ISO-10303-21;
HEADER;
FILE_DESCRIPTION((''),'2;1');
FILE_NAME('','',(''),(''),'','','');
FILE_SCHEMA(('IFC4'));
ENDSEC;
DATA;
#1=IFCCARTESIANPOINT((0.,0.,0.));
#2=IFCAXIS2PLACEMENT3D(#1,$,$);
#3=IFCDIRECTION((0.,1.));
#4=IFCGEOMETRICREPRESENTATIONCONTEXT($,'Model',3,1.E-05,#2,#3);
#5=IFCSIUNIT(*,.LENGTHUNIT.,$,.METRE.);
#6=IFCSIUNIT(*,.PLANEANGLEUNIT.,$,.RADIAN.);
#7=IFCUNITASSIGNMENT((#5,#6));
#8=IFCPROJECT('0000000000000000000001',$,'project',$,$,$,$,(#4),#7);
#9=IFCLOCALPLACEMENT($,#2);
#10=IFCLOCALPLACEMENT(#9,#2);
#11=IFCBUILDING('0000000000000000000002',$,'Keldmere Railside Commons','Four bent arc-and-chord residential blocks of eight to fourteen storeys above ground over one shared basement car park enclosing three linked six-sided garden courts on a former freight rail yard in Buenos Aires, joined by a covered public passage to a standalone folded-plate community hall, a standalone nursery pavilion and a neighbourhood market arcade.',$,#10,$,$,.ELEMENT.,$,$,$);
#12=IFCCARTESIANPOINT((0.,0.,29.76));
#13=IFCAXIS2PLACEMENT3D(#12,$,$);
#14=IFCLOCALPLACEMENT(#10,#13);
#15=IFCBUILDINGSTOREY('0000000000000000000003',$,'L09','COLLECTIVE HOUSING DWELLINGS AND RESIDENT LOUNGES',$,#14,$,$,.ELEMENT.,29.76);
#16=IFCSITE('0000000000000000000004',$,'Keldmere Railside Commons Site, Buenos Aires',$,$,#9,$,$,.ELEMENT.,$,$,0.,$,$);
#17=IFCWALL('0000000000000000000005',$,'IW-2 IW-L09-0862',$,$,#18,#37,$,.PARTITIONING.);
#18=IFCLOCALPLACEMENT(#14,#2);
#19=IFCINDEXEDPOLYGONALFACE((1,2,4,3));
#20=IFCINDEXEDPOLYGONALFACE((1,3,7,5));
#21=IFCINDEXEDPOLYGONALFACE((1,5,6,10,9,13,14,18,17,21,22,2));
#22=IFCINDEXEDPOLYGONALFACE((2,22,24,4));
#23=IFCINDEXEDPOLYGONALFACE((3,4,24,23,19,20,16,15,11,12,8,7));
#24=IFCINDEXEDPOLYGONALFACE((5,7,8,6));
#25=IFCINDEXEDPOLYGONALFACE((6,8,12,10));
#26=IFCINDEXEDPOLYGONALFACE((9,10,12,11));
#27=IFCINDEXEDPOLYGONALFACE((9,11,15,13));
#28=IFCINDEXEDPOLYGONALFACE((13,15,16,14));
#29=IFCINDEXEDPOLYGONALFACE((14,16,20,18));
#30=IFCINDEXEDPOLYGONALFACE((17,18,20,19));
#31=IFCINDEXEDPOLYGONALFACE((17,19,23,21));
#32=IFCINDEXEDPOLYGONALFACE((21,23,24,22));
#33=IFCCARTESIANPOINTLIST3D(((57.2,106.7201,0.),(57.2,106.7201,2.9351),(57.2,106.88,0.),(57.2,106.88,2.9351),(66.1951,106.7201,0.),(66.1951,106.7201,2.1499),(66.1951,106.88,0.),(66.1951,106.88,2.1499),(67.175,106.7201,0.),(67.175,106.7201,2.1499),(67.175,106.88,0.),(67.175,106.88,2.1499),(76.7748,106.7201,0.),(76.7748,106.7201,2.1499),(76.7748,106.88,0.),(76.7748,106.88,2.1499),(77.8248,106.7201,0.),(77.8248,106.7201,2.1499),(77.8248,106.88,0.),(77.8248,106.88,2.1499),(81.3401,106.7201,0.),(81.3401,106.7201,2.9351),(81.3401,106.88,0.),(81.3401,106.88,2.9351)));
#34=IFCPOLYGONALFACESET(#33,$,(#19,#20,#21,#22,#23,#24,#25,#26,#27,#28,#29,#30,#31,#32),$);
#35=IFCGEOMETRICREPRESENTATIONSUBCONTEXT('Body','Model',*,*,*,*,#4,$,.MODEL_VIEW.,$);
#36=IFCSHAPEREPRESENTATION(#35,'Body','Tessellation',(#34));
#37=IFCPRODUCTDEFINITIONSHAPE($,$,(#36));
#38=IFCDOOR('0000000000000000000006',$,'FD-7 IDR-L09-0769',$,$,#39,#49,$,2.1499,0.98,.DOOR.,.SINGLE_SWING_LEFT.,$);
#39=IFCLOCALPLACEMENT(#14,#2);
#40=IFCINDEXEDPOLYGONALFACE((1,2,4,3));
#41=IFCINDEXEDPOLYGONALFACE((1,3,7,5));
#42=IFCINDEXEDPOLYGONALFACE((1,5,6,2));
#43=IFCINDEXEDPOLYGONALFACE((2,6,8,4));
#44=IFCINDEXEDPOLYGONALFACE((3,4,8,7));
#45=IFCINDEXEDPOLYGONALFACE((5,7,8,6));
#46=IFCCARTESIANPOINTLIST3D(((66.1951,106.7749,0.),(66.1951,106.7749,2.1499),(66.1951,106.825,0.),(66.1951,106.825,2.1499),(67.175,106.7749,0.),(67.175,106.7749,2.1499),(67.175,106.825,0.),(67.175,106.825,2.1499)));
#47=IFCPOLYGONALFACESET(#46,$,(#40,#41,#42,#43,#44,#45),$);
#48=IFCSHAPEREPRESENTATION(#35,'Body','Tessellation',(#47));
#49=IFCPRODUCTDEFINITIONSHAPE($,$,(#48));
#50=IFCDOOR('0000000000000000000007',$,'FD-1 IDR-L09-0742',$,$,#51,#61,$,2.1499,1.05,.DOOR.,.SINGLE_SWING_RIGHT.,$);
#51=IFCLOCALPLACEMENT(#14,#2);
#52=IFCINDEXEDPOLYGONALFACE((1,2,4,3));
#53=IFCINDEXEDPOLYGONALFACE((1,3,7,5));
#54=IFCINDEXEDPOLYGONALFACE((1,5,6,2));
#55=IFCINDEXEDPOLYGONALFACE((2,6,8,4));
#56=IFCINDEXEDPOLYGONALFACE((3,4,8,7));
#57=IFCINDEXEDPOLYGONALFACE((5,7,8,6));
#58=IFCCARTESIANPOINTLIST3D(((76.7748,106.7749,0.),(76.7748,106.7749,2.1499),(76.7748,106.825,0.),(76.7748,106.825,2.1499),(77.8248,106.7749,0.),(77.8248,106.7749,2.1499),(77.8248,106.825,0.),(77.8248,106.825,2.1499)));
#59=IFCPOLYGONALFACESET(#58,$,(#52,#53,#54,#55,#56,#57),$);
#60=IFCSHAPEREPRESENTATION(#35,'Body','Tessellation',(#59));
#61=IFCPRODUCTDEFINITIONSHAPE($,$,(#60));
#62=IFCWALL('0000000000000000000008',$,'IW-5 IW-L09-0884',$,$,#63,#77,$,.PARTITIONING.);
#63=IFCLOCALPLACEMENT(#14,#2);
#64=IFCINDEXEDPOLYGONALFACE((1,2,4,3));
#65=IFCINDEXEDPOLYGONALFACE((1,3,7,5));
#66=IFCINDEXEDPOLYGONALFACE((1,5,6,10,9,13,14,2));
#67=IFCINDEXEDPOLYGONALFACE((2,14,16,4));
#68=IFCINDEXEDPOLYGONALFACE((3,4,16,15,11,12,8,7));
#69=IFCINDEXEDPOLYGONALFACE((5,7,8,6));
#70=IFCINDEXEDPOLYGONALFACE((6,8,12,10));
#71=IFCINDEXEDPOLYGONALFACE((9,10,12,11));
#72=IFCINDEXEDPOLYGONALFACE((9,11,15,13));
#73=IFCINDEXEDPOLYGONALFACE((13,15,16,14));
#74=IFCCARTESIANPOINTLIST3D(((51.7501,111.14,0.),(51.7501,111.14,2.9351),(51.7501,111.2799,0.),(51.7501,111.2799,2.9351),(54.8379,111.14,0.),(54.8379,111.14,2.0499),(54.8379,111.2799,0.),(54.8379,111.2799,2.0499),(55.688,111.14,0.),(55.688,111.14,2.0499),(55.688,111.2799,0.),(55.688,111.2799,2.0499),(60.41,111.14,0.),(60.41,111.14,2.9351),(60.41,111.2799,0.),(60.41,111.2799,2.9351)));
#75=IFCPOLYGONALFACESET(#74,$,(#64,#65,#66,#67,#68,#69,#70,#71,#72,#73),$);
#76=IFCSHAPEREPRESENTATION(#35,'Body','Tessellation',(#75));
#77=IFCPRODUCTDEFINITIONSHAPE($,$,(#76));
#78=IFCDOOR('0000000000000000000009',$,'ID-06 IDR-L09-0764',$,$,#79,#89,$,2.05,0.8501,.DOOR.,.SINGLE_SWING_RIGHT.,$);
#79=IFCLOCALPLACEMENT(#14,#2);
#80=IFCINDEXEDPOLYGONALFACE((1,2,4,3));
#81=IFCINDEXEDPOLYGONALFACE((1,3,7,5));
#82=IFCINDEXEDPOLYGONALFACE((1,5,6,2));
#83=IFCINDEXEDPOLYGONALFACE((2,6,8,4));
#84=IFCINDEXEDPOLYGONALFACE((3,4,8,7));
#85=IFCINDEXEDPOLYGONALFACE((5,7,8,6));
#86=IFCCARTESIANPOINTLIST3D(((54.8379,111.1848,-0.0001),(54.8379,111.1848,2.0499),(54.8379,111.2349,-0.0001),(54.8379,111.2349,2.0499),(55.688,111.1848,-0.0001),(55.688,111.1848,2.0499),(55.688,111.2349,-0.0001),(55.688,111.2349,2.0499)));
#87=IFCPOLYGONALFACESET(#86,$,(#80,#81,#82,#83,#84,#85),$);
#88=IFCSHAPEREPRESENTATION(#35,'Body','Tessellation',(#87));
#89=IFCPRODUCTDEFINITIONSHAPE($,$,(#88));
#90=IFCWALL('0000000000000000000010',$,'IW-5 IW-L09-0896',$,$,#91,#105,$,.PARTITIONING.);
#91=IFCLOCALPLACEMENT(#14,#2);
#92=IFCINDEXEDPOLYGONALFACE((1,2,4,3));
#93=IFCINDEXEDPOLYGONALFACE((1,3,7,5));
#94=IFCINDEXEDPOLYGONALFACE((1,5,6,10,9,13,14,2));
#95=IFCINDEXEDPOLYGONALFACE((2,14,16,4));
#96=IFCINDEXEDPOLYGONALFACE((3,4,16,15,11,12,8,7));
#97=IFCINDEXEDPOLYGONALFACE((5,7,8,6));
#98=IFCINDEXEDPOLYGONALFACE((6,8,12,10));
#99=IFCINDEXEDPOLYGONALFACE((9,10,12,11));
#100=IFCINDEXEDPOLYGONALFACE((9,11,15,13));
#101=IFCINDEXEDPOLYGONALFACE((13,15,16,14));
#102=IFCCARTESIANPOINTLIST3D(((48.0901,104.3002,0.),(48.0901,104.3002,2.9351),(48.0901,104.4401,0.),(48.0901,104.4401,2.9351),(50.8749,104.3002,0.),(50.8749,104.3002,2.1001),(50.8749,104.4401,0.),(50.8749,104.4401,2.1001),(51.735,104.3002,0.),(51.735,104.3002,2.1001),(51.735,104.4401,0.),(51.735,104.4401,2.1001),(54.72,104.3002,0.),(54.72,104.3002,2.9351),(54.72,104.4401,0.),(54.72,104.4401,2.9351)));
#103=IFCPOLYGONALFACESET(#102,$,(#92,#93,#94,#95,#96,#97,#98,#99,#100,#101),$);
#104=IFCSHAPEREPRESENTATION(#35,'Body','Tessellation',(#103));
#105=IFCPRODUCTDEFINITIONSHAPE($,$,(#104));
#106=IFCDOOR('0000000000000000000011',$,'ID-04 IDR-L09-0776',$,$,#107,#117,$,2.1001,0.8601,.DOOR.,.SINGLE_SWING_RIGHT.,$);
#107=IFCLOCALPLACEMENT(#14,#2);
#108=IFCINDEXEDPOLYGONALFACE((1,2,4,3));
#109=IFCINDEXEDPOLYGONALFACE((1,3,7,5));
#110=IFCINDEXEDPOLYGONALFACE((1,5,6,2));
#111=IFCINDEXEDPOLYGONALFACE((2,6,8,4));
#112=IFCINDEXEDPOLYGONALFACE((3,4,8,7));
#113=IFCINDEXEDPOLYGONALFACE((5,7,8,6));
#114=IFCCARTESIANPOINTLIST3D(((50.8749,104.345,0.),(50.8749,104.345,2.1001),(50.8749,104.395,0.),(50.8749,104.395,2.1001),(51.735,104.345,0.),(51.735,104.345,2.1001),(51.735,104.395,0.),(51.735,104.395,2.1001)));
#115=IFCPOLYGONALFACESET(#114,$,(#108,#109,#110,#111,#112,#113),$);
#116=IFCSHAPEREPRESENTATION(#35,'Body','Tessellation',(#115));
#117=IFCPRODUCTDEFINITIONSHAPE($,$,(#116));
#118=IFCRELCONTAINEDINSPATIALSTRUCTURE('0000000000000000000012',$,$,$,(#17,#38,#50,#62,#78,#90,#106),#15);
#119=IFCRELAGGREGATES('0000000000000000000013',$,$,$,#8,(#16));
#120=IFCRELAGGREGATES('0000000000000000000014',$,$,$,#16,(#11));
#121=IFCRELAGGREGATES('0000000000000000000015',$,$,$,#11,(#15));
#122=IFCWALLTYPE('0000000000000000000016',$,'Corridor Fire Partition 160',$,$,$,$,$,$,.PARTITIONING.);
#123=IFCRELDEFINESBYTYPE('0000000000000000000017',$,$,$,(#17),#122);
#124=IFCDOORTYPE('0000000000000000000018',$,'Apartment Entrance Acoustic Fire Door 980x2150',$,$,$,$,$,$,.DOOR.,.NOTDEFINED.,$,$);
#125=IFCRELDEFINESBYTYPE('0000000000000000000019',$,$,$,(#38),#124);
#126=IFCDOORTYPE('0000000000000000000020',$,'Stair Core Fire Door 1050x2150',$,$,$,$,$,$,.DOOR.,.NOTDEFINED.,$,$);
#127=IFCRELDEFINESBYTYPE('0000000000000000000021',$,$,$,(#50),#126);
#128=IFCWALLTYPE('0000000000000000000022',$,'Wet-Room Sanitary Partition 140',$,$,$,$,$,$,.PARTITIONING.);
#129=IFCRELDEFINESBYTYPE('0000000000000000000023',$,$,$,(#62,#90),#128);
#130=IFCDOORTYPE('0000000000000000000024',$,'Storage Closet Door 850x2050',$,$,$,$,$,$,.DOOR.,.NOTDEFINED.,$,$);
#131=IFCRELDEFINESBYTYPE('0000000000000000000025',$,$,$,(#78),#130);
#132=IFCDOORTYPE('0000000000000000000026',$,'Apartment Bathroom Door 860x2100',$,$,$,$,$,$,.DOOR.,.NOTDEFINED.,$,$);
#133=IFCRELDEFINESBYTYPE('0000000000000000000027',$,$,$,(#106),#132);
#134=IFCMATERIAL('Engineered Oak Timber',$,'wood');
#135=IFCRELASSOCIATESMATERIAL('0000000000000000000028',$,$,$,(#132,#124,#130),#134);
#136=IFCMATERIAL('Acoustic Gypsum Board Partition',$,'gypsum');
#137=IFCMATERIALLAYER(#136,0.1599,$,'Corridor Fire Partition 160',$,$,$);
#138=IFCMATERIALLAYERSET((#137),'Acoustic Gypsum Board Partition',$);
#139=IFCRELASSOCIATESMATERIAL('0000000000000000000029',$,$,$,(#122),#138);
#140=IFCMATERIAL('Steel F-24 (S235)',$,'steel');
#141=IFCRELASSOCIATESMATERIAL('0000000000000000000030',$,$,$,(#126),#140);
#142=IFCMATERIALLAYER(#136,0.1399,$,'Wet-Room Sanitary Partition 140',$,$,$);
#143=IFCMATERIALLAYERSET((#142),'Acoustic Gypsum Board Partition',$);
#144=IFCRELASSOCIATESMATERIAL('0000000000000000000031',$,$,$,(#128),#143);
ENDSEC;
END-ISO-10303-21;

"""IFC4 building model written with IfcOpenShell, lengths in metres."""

from ifc_helpers import new_model, si_unit, direction, frame, frame_2d, origin, place, context, subcontext, project, spatial, rectangle, extrude, material, layer, layer_set, type_object, element, fill, save


model = new_model("IFC4")

# Units and contexts
model_context = context("Model", 3, precision=1e-05, world=origin(), true_north=direction((0.0, 1.0)))
body_context = subcontext(model_context, "Body", "Model", "MODEL_VIEW")
ifc_project = project(units=[si_unit("LENGTHUNIT", "METRE"), si_unit("PLANEANGLEUNIT", "RADIAN")], contexts=[model_context])

# Site, building, storey
site_placement = place(None, origin())
site = spatial("IfcSite", under=ifc_project, at=site_placement, Name="Keldmere Railside Commons Site, Buenos Aires", CompositionType="ELEMENT", RefElevation=0.0)
building_placement = place(site_placement, origin())
building = spatial("IfcBuilding", under=site, at=building_placement, Name="Keldmere Railside Commons", Description="Four bent arc-and-chord residential blocks of eight to fourteen storeys above ground over one shared basement car park enclosing three linked six-sided garden courts on a former freight rail yard in Buenos Aires, joined by a covered public passage to a standalone folded-plate community hall, a standalone nursery pavilion and a neighbourhood market arcade.", CompositionType="ELEMENT")
storey_placement = place(building_placement, frame((0.0, 0.0, 29.76)))
storey = spatial("IfcBuildingStorey", under=building, at=storey_placement, Name="L09", Description="COLLECTIVE HOUSING DWELLINGS AND RESIDENT LOUNGES", CompositionType="ELEMENT", Elevation=29.76)

# Shared definitions
ifc_material_1 = material(Name="Acoustic Gypsum Board Partition", Category="gypsum")
ifc_material_2 = material(Name="Engineered Oak Timber", Category="wood")
door_type_1 = type_object("IfcDoorType", Name="Apartment Bathroom Door 860x2100", OperationType="NOTDEFINED", PredefinedType="DOOR", material=ifc_material_2)

# Wall, openings, doors
ifc_layer_1 = layer(ifc_material_1, 0.1599, Name="Corridor Fire Partition 160")
ifc_layer_set_1 = layer_set([ifc_layer_1], Name="Acoustic Gypsum Board Partition")
wall_type_1 = type_object("IfcWallType", Name="Corridor Fire Partition 160", PredefinedType="PARTITIONING", material=ifc_layer_set_1)
wall_1_placement = place(storey_placement, frame((57.2, 106.8, 0.0), z_axis=(0.0, 0.0, 1.0), x_axis=(1.0, 0.0, 0.0)))
wall_1 = element("IfcWall", 1, at=wall_1_placement, inside=storey, type_object=wall_type_1, Name="IW-2 IW-L09-0862", PredefinedType="PARTITIONING", context=body_context, shape_type="SweptSolid", body=[
    extrude(rectangle(XDim=24.1401, YDim=0.1599, at=frame_2d((12.0701, 0.0))), origin(), (0.0, 0.0, 1.0), 2.9351),
])
opening_1_placement = place(wall_1_placement, frame((19.575, 0.0, 0.0)))
opening_1 = element("IfcOpeningElement", 2, at=opening_1_placement, cuts=wall_1, PredefinedType="OPENING", context=body_context, shape_type="SweptSolid", body=[
    extrude(rectangle(XDim=1.05, YDim=2.1499, at=frame_2d((0.5249, 1.075))), frame((0.0, 0.0898, 0.0), z_axis=(0.0, -1.0, 0.0), x_axis=(1.0, 0.0, 0.0)), (0.0, 0.0, 1.0), 0.1799),
])
opening_2_placement = place(wall_1_placement, frame((8.9951, 0.0, 0.0)))
opening_2 = element("IfcOpeningElement", 3, at=opening_2_placement, cuts=wall_1, PredefinedType="OPENING", context=body_context, shape_type="SweptSolid", body=[
    extrude(rectangle(XDim=0.98, YDim=2.1499, at=frame_2d((0.49, 1.075))), frame((0.0, 0.0898, 0.0), z_axis=(0.0, -1.0, 0.0), x_axis=(1.0, 0.0, 0.0)), (0.0, 0.0, 1.0), 0.1799),
])
door_type_2 = type_object("IfcDoorType", Name="Apartment Entrance Acoustic Fire Door 980x2150", OperationType="NOTDEFINED", PredefinedType="DOOR", material=ifc_material_2)
door_1_placement = place(opening_2_placement, origin())
door_1 = element("IfcDoor", 4, at=door_1_placement, inside=storey, type_object=door_type_2, Name="FD-7 IDR-L09-0769", OperationType="SINGLE_SWING_LEFT", OverallHeight=2.1499, OverallWidth=0.98, PredefinedType="DOOR", context=body_context, shape_type="SweptSolid", body=[
    extrude(rectangle(XDim=0.98, YDim=2.1499, at=frame_2d((0.49, 1.075))), frame((0.0, 0.0249, 0.0), z_axis=(0.0, -1.0, 0.0), x_axis=(1.0, 0.0, 0.0)), (0.0, 0.0, 1.0), 0.05),
])
fill(opening_2, door_1)
ifc_material_3 = material(Name="Steel F-24 (S235)", Category="steel")
door_type_3 = type_object("IfcDoorType", Name="Stair Core Fire Door 1050x2150", OperationType="NOTDEFINED", PredefinedType="DOOR", material=ifc_material_3)
door_2_placement = place(opening_1_placement, origin())
door_2 = element("IfcDoor", 5, at=door_2_placement, inside=storey, type_object=door_type_3, Name="FD-1 IDR-L09-0742", OperationType="SINGLE_SWING_RIGHT", OverallHeight=2.1499, OverallWidth=1.05, PredefinedType="DOOR", context=body_context, shape_type="SweptSolid", body=[
    extrude(rectangle(XDim=1.05, YDim=2.1499, at=frame_2d((0.5249, 1.075))), frame((0.0, 0.0249, 0.0), z_axis=(0.0, -1.0, 0.0), x_axis=(1.0, 0.0, 0.0)), (0.0, 0.0, 1.0), 0.05),
])
fill(opening_1, door_2)

# Walls, openings, doors
ifc_layer_2 = layer(ifc_material_1, 0.1399, Name="Wet-Room Sanitary Partition 140")
ifc_layer_set_2 = layer_set([ifc_layer_2], Name="Acoustic Gypsum Board Partition")
wall_type_2 = type_object("IfcWallType", Name="Wet-Room Sanitary Partition 140", PredefinedType="PARTITIONING", material=ifc_layer_set_2)
wall_2_placement = place(storey_placement, frame((51.75, 111.21, 0.0), z_axis=(0.0, 0.0, 1.0), x_axis=(1.0, 0.0, 0.0)))
wall_2 = element("IfcWall", 6, at=wall_2_placement, inside=storey, type_object=wall_type_2, Name="IW-5 IW-L09-0884", PredefinedType="PARTITIONING", context=body_context, shape_type="SweptSolid", body=[
    extrude(rectangle(XDim=8.6599, YDim=0.1399, at=frame_2d((4.3301, 0.0))), origin(), (0.0, 0.0, 1.0), 2.9351),
])
opening_3_placement = place(wall_2_placement, frame((3.0879, 0.0, 0.0)))
opening_3 = element("IfcOpeningElement", 7, at=opening_3_placement, cuts=wall_2, PredefinedType="OPENING", context=body_context, shape_type="SweptSolid", body=[
    extrude(rectangle(XDim=0.8501, YDim=2.05, at=frame_2d((0.425, 1.0249))), frame((0.0, 0.0798, 0.0), z_axis=(0.0, -1.0, 0.0), x_axis=(1.0, 0.0, 0.0)), (0.0, 0.0, 1.0), 0.1599),
])
door_type_4 = type_object("IfcDoorType", Name="Storage Closet Door 850x2050", OperationType="NOTDEFINED", PredefinedType="DOOR", material=ifc_material_2)
door_3_placement = place(opening_3_placement, origin())
door_3 = element("IfcDoor", 8, at=door_3_placement, inside=storey, type_object=door_type_4, Name="ID-06 IDR-L09-0764", OperationType="SINGLE_SWING_RIGHT", OverallHeight=2.05, OverallWidth=0.8501, PredefinedType="DOOR", context=body_context, shape_type="SweptSolid", body=[
    extrude(rectangle(XDim=0.8501, YDim=2.05, at=frame_2d((0.425, 1.0249))), frame((0.0, 0.0249, 0.0), z_axis=(0.0, -1.0, 0.0), x_axis=(1.0, 0.0, 0.0)), (0.0, 0.0, 1.0), 0.05),
])
fill(opening_3, door_3)
wall_3_placement = place(storey_placement, frame((48.0901, 104.3701, 0.0), z_axis=(0.0, 0.0, 1.0), x_axis=(1.0, 0.0, 0.0)))
wall_3 = element("IfcWall", 9, at=wall_3_placement, inside=storey, type_object=wall_type_2, Name="IW-5 IW-L09-0896", PredefinedType="PARTITIONING", context=body_context, shape_type="SweptSolid", body=[
    extrude(rectangle(XDim=6.6299, YDim=0.1399, at=frame_2d((3.3149, 0.0))), origin(), (0.0, 0.0, 1.0), 2.9351),
])
opening_4_placement = place(wall_3_placement, frame((2.7847, 0.0, 0.0)))
opening_4 = element("IfcOpeningElement", 10, at=opening_4_placement, cuts=wall_3, PredefinedType="OPENING", context=body_context, shape_type="SweptSolid", body=[
    extrude(rectangle(XDim=0.8601, YDim=2.1001, at=frame_2d((0.4302, 1.05))), frame((0.0, 0.0798, 0.0), z_axis=(0.0, -1.0, 0.0), x_axis=(1.0, 0.0, 0.0)), (0.0, 0.0, 1.0), 0.1599),
])
door_4_placement = place(opening_4_placement, origin())
door_4 = element("IfcDoor", 11, at=door_4_placement, inside=storey, type_object=door_type_1, Name="ID-04 IDR-L09-0776", OperationType="SINGLE_SWING_RIGHT", OverallHeight=2.1001, OverallWidth=0.8601, PredefinedType="DOOR", context=body_context, shape_type="SweptSolid", body=[
    extrude(rectangle(XDim=0.8601, YDim=2.1001, at=frame_2d((0.4302, 1.05))), frame((0.0, 0.0249, 0.0), z_axis=(0.0, -1.0, 0.0), x_axis=(1.0, 0.0, 0.0)), (0.0, 0.0, 1.0), 0.05),
])
fill(opening_4, door_4)

save(model, "model.ifc")
